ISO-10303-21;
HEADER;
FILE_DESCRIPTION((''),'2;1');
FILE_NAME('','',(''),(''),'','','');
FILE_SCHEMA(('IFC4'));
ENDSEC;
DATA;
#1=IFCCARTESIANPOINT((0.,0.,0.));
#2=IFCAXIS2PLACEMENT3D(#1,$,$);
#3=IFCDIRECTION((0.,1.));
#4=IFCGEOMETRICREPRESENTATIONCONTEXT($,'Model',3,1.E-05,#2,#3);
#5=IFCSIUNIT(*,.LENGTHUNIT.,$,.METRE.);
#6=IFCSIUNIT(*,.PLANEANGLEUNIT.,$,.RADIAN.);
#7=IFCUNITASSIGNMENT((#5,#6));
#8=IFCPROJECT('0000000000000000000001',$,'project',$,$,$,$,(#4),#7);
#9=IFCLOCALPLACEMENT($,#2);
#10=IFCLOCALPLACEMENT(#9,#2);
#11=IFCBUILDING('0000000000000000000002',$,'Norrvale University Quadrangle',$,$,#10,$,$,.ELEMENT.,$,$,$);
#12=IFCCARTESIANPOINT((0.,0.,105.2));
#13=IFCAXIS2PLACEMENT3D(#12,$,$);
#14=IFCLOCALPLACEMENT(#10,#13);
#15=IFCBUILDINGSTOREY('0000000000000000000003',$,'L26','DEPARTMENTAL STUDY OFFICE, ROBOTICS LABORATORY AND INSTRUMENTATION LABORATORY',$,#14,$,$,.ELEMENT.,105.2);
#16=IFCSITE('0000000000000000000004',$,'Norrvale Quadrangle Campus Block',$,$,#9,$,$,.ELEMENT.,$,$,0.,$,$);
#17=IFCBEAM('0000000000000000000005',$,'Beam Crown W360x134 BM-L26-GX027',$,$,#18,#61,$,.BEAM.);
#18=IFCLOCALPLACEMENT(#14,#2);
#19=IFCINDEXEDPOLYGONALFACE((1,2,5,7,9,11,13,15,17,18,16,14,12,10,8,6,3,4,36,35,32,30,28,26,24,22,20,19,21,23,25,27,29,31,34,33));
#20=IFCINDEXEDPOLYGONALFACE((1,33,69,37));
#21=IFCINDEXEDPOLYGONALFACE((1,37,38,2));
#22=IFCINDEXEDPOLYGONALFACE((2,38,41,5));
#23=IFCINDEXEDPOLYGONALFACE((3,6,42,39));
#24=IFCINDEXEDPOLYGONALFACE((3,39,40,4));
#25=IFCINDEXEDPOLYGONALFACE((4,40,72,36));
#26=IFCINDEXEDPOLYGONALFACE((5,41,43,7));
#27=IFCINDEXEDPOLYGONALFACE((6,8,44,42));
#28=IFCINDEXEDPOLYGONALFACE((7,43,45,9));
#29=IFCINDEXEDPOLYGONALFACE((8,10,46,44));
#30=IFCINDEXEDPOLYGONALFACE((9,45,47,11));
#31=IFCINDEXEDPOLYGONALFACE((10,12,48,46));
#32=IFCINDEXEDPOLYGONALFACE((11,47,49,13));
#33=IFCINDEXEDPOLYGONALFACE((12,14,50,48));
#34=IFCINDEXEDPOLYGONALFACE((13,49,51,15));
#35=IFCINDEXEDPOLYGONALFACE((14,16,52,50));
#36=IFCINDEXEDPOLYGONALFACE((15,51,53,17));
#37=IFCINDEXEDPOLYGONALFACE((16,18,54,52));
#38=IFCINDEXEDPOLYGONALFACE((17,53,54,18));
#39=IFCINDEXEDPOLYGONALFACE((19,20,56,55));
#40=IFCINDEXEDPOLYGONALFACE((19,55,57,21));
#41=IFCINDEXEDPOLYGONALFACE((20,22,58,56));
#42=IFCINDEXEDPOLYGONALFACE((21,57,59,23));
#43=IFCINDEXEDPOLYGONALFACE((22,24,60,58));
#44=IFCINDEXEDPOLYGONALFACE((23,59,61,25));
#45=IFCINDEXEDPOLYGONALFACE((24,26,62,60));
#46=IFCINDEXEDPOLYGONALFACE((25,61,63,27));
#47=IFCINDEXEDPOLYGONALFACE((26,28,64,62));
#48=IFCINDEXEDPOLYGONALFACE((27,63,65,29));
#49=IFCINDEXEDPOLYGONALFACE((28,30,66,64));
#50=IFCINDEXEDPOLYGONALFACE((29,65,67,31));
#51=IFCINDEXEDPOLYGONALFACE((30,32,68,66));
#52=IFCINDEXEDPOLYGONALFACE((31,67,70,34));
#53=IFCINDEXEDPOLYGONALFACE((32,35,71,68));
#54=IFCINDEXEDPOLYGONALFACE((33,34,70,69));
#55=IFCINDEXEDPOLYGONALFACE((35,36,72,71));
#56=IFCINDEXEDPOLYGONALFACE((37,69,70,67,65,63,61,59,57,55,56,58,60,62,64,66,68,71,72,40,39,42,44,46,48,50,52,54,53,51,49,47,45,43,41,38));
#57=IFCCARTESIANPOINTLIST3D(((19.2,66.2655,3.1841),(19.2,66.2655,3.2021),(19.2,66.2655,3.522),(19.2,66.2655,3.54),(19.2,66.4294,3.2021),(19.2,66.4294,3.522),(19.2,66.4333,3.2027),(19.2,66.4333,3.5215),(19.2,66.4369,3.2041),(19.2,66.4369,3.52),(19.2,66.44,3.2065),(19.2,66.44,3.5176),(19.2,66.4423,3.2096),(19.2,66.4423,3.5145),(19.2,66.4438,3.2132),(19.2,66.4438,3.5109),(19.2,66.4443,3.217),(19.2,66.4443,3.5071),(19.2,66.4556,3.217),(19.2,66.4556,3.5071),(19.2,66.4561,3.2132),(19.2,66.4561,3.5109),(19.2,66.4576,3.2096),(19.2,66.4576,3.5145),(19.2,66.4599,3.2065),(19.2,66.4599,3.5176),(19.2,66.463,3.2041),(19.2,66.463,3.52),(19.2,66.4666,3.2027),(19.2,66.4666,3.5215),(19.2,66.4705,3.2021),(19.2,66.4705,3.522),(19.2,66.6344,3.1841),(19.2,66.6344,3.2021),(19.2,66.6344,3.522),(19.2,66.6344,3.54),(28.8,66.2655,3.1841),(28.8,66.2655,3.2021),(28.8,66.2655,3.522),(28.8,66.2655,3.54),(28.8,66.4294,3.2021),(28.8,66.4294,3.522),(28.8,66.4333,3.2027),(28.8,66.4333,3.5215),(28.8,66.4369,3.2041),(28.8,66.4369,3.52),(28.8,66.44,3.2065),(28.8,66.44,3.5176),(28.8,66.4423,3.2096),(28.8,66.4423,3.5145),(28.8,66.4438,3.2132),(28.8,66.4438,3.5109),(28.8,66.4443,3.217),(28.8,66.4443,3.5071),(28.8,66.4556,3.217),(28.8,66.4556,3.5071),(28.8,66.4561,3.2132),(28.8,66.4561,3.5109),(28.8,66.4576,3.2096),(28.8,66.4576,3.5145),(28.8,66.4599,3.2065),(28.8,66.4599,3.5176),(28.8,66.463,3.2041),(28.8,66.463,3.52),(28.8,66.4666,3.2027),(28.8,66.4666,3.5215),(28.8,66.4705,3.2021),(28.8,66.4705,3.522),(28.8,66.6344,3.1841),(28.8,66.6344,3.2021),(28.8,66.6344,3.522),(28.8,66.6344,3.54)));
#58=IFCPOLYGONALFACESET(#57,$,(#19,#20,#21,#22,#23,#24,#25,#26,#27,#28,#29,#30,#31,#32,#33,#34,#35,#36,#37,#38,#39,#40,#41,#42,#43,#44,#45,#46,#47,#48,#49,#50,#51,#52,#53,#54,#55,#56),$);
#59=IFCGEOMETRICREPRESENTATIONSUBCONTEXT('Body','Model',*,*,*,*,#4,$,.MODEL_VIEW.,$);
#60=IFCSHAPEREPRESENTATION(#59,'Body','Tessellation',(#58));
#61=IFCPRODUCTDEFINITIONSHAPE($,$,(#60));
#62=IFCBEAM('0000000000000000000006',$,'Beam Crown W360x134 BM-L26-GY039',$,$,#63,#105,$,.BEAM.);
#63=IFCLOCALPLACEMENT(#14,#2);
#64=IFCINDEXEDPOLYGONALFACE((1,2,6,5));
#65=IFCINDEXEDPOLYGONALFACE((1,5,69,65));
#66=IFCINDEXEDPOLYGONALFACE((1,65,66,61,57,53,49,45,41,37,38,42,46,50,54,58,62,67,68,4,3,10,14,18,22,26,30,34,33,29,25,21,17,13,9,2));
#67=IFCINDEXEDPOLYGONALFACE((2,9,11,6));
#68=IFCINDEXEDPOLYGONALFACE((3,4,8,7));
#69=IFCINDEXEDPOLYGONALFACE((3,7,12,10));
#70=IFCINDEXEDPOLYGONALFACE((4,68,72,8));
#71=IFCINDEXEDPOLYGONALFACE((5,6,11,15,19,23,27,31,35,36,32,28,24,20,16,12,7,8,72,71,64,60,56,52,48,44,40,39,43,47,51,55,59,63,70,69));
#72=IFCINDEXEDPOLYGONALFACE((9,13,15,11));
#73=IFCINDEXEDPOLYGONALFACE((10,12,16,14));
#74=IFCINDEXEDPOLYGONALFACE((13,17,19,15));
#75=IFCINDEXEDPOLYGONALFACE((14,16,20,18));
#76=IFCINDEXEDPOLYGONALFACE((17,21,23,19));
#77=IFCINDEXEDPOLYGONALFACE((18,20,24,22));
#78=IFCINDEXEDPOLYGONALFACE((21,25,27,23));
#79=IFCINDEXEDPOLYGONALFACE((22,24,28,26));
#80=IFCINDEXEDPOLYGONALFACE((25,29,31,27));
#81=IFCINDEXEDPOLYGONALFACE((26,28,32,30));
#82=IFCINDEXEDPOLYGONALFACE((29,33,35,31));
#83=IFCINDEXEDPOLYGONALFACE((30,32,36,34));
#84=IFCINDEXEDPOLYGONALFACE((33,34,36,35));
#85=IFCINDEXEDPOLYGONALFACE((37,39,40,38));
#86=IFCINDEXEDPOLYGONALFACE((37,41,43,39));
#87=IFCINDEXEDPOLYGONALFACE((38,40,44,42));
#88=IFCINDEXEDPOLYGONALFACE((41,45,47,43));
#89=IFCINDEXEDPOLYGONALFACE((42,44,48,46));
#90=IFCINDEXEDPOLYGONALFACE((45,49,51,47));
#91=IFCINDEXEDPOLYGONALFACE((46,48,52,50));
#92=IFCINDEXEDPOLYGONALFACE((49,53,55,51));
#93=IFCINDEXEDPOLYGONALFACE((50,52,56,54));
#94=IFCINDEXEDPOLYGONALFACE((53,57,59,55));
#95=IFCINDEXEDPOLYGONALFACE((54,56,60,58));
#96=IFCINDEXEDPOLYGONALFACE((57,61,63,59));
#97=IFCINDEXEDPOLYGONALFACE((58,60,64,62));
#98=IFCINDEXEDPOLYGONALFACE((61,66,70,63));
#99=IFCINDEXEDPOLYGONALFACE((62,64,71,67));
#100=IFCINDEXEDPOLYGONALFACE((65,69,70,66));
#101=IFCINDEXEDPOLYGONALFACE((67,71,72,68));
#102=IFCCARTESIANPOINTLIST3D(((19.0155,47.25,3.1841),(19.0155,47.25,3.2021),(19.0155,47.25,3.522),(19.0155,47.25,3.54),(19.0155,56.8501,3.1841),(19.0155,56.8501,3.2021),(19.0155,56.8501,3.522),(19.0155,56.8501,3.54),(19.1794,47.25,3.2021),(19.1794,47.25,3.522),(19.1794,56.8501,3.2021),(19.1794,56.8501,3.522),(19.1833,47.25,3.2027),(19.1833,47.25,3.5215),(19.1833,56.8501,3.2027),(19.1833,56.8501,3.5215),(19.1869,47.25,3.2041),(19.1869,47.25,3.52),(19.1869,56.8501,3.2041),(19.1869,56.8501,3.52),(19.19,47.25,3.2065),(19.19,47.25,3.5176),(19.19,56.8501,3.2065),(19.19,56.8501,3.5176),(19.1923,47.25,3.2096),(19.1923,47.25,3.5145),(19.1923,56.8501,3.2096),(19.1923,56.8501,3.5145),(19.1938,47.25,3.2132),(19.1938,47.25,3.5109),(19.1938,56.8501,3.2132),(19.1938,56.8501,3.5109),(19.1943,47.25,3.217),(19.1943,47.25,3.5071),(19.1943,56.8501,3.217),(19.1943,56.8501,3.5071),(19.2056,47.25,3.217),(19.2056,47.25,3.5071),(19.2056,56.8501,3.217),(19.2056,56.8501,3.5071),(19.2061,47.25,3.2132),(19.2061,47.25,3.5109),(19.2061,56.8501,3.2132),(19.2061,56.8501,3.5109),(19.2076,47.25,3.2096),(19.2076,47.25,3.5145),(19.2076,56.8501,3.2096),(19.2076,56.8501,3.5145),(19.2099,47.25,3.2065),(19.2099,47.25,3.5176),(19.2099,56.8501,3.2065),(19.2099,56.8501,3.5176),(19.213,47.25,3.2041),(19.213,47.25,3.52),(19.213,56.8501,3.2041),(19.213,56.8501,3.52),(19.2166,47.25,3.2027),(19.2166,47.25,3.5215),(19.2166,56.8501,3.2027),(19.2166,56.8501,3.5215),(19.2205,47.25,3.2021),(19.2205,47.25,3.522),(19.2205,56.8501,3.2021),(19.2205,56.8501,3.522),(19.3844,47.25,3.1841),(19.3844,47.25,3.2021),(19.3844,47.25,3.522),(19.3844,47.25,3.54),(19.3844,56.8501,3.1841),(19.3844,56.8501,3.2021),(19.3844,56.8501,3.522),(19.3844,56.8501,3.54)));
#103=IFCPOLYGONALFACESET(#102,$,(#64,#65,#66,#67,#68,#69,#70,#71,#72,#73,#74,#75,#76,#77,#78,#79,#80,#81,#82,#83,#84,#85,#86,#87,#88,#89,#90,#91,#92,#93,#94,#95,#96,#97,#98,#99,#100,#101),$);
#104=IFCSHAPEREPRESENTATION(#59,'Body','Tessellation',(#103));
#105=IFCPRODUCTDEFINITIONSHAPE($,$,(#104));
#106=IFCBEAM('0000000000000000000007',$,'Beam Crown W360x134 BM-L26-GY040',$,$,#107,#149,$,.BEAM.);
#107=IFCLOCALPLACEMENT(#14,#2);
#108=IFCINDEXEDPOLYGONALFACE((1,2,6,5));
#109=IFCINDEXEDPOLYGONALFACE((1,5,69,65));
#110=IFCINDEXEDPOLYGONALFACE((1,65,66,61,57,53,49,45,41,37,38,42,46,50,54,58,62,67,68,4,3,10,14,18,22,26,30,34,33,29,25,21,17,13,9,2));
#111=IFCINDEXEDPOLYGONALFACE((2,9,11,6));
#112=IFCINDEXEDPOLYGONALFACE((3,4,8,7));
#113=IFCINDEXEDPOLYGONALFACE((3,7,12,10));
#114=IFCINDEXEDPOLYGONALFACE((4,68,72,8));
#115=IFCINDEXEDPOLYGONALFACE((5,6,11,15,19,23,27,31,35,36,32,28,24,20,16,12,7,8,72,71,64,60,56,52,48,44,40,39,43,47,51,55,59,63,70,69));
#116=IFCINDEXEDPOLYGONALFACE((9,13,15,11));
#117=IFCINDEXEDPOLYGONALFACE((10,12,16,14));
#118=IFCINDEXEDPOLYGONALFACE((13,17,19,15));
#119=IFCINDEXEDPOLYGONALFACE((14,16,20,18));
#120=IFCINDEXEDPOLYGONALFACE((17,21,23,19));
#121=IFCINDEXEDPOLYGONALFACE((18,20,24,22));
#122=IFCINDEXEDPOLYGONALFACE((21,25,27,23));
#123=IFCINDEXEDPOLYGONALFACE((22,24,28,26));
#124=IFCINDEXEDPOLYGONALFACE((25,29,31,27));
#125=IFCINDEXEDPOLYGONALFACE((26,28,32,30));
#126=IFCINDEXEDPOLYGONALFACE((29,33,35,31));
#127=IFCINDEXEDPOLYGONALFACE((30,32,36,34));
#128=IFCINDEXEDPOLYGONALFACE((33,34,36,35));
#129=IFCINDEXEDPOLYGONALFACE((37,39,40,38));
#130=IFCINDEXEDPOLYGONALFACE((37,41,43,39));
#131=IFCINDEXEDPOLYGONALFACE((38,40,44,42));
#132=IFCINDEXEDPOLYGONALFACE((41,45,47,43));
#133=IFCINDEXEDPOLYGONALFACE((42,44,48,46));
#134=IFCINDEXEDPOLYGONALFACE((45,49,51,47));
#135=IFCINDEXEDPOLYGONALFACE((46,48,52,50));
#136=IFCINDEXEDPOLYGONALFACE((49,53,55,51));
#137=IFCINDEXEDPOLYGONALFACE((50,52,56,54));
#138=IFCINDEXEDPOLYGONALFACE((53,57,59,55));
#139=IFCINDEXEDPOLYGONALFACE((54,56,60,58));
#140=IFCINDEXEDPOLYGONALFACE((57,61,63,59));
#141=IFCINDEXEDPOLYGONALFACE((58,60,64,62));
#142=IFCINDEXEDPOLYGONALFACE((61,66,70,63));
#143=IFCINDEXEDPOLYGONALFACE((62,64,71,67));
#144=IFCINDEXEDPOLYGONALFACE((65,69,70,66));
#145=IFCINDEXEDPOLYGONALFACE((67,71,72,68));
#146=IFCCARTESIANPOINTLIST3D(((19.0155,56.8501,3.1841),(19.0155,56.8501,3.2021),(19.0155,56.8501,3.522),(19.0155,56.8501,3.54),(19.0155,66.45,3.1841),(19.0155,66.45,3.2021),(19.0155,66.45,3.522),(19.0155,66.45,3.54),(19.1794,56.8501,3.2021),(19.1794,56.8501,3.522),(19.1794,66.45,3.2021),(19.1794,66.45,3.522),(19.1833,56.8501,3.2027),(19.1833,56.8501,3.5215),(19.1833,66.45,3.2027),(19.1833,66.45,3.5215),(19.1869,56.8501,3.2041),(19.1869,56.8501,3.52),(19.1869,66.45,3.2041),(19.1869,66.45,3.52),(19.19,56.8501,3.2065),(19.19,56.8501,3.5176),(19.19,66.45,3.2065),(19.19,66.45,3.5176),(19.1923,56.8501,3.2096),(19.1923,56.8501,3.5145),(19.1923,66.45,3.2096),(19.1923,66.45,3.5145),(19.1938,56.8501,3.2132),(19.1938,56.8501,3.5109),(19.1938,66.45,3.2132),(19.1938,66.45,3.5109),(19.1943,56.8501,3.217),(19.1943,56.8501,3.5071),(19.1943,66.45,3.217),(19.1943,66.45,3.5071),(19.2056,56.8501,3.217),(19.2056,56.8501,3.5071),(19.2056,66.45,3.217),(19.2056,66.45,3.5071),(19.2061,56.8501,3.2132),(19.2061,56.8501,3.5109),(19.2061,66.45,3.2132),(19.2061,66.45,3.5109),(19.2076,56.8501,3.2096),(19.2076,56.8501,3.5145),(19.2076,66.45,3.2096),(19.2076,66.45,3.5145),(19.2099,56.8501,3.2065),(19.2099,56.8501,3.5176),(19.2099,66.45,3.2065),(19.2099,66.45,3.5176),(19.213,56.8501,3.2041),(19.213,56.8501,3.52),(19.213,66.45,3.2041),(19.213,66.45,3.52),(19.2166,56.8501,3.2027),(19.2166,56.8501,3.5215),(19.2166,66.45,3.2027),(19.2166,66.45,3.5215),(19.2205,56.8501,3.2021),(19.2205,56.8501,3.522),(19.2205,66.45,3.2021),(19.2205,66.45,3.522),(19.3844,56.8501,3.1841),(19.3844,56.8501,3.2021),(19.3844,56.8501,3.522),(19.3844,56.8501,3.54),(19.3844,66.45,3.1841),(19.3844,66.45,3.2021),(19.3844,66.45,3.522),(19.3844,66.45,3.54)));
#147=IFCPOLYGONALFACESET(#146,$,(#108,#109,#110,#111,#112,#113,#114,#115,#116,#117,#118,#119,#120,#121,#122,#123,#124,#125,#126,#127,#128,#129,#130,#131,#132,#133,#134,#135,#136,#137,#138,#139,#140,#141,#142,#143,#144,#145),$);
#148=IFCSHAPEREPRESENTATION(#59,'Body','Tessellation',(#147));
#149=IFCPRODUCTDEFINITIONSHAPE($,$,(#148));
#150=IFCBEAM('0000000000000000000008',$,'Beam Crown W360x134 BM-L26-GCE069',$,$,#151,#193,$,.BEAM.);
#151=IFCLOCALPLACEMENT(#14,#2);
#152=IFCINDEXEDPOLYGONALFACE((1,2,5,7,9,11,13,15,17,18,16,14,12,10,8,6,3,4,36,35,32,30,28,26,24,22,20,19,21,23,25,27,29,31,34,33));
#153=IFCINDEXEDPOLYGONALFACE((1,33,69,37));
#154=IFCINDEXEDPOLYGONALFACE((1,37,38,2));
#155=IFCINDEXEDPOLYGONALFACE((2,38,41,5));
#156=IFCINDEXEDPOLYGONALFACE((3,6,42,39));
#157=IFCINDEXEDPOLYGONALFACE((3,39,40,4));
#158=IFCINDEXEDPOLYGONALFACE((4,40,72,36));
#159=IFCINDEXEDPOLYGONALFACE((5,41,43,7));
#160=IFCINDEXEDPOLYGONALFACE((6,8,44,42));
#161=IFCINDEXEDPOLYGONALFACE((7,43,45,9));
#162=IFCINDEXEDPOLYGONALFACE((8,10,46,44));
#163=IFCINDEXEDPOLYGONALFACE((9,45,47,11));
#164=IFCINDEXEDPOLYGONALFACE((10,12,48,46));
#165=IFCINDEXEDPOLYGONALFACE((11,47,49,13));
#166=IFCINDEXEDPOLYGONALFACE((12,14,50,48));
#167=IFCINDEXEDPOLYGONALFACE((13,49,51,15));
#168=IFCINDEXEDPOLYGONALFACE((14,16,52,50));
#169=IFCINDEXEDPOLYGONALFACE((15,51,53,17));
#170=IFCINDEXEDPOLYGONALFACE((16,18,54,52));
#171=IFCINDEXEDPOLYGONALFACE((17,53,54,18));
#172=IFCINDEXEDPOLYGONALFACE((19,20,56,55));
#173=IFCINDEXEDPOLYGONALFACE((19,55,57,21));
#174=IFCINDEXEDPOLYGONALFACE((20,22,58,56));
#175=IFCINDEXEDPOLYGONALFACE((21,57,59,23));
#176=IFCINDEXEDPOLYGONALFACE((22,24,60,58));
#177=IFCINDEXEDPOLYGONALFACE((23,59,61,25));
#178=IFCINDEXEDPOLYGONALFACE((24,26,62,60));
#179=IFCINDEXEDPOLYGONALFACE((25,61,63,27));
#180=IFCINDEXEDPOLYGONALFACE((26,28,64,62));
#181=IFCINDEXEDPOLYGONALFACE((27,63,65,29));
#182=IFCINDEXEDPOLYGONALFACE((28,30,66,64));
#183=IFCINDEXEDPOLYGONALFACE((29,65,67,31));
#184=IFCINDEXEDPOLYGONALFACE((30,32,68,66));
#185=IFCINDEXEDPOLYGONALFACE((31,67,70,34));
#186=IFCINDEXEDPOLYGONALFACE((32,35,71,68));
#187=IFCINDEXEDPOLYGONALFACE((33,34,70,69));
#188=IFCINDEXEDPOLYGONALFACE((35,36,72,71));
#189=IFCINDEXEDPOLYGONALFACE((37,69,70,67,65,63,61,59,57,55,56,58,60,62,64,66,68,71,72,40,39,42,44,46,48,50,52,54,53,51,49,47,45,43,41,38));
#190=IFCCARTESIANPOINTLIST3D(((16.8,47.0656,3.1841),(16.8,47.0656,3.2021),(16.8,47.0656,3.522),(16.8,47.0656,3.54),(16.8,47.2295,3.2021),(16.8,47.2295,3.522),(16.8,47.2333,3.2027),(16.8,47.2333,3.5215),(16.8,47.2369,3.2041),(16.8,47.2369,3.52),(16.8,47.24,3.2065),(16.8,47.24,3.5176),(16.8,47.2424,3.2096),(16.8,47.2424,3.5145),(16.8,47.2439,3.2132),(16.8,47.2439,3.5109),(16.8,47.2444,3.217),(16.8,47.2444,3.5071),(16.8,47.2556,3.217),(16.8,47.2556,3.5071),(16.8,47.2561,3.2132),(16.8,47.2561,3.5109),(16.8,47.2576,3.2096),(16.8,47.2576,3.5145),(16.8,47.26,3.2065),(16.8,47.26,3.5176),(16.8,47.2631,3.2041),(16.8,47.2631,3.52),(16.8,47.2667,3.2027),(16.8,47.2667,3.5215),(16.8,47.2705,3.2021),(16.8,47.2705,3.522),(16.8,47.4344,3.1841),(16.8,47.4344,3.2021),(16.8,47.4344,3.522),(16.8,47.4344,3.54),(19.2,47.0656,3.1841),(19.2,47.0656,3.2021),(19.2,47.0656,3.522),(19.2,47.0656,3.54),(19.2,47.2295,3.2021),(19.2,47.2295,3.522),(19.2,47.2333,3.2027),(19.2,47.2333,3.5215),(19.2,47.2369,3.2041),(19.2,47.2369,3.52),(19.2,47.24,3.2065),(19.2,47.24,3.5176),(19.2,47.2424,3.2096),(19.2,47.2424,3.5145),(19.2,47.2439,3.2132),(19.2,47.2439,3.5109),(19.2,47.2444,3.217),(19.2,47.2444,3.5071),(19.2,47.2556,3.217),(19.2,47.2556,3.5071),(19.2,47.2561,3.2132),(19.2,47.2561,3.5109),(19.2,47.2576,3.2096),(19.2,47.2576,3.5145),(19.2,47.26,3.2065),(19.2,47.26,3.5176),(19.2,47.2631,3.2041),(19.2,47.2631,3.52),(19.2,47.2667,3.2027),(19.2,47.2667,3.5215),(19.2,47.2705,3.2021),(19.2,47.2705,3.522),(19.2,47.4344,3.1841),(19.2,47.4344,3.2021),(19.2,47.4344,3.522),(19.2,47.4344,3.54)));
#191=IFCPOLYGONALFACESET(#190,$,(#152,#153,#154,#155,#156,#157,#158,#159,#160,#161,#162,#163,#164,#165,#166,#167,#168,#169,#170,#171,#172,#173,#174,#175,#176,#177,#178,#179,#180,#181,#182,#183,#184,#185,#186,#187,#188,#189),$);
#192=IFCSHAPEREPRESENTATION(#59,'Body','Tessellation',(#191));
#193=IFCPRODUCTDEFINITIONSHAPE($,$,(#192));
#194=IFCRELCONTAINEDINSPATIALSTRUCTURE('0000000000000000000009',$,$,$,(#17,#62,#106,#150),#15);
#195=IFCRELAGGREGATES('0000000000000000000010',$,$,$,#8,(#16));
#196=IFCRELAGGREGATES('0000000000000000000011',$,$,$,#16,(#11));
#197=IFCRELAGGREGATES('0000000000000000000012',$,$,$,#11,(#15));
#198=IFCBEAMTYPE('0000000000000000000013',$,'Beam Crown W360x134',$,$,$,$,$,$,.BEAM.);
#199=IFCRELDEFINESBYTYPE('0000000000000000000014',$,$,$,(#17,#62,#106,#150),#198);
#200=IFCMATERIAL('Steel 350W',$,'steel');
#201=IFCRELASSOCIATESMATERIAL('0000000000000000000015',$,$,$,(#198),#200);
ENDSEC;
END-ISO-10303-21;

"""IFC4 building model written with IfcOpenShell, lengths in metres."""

from ifc_helpers import new_model, si_unit, direction, frame, origin, origin_2d, place, context, subcontext, project, spatial, i_section, extrude, material, material_profile, profile_set, type_object, element, save


model = new_model("IFC4")

# Units and contexts
model_context = context("Model", 3, precision=1e-05, world=origin(), true_north=direction((0.0, 1.0)))
body_context = subcontext(model_context, "Body", "Model", "MODEL_VIEW")
ifc_project = project(units=[si_unit("LENGTHUNIT", "METRE"), si_unit("PLANEANGLEUNIT", "RADIAN")], contexts=[model_context])

# Site, building, storey
site_placement = place(None, origin())
site = spatial("IfcSite", under=ifc_project, at=site_placement, Name="Norrvale Quadrangle Campus Block", CompositionType="ELEMENT", RefElevation=0.0)
building_placement = place(site_placement, origin())
building = spatial("IfcBuilding", under=site, at=building_placement, Name="Norrvale University Quadrangle", CompositionType="ELEMENT")
storey_placement = place(building_placement, frame((0.0, 0.0, 105.2)))
storey = spatial("IfcBuildingStorey", under=building, at=storey_placement, Name="L26", Description="DEPARTMENTAL STUDY OFFICE, ROBOTICS LABORATORY AND INSTRUMENTATION LABORATORY", CompositionType="ELEMENT", Elevation=105.2)

# Beams
ifc_material_1 = material(Name="Steel 350W", Category="steel")
ifc_material_profile_1 = material_profile(ifc_material_1, i_section(OverallWidth=0.3689, OverallDepth=0.356, WebThickness=0.0112, FlangeThickness=0.0181, FilletRadius=0.0149, at=origin_2d()), Name="Steel 350W")
ifc_profile_set_1 = profile_set([ifc_material_profile_1], Name="Steel 350W")
beam_type_1 = type_object("IfcBeamType", Name="Beam Crown W360x134", PredefinedType="BEAM", material=ifc_profile_set_1)
for number, where, z_axis, x_axis, name in (
    (1, (19.2, 66.45, 3.3621), (1.0, 0.0, 0.0), (0.0, 1.0, 0.0), "Beam Crown W360x134 BM-L26-GX027"),
    (2, (19.2, 47.25, 3.3621), (0.0, 1.0, 0.0), (-1.0, 0.0, 0.0), "Beam Crown W360x134 BM-L26-GY039"),
):
    element("IfcBeam", number, at=place(storey_placement, frame(where, z_axis=z_axis, x_axis=x_axis)), inside=storey, type_object=beam_type_1, Name=name, PredefinedType="BEAM", context=body_context, shape_type="SweptSolid", body=[
        extrude(i_section(OverallWidth=0.3689, OverallDepth=0.356, WebThickness=0.0112, FlangeThickness=0.0181, FilletRadius=0.0149, at=origin_2d()), origin(), (0.0, 0.0, 1.0), 9.6001),
    ])
beam_1_placement = place(storey_placement, frame((19.2, 56.8501, 3.3621), z_axis=(0.0, 1.0, 0.0), x_axis=(-1.0, 0.0, 0.0)))
element("IfcBeam", 3, at=beam_1_placement, inside=storey, type_object=beam_type_1, Name="Beam Crown W360x134 BM-L26-GY040", PredefinedType="BEAM", context=body_context, shape_type="SweptSolid", body=[
    extrude(i_section(OverallWidth=0.3689, OverallDepth=0.356, WebThickness=0.0112, FlangeThickness=0.0181, FilletRadius=0.0149, at=origin_2d()), origin(), (0.0, 0.0, 1.0), 9.5999),
])
beam_2_placement = place(storey_placement, frame((16.8, 47.25, 3.3621), z_axis=(1.0, 0.0, 0.0), x_axis=(0.0, 1.0, 0.0)))
element("IfcBeam", 4, at=beam_2_placement, inside=storey, type_object=beam_type_1, Name="Beam Crown W360x134 BM-L26-GCE069", PredefinedType="BEAM", context=body_context, shape_type="SweptSolid", body=[
    extrude(i_section(OverallWidth=0.3689, OverallDepth=0.356, WebThickness=0.0112, FlangeThickness=0.0181, FilletRadius=0.0149, at=origin_2d()), origin(), (0.0, 0.0, 1.0), 2.3999),
])

save(model, "model.ifc")
